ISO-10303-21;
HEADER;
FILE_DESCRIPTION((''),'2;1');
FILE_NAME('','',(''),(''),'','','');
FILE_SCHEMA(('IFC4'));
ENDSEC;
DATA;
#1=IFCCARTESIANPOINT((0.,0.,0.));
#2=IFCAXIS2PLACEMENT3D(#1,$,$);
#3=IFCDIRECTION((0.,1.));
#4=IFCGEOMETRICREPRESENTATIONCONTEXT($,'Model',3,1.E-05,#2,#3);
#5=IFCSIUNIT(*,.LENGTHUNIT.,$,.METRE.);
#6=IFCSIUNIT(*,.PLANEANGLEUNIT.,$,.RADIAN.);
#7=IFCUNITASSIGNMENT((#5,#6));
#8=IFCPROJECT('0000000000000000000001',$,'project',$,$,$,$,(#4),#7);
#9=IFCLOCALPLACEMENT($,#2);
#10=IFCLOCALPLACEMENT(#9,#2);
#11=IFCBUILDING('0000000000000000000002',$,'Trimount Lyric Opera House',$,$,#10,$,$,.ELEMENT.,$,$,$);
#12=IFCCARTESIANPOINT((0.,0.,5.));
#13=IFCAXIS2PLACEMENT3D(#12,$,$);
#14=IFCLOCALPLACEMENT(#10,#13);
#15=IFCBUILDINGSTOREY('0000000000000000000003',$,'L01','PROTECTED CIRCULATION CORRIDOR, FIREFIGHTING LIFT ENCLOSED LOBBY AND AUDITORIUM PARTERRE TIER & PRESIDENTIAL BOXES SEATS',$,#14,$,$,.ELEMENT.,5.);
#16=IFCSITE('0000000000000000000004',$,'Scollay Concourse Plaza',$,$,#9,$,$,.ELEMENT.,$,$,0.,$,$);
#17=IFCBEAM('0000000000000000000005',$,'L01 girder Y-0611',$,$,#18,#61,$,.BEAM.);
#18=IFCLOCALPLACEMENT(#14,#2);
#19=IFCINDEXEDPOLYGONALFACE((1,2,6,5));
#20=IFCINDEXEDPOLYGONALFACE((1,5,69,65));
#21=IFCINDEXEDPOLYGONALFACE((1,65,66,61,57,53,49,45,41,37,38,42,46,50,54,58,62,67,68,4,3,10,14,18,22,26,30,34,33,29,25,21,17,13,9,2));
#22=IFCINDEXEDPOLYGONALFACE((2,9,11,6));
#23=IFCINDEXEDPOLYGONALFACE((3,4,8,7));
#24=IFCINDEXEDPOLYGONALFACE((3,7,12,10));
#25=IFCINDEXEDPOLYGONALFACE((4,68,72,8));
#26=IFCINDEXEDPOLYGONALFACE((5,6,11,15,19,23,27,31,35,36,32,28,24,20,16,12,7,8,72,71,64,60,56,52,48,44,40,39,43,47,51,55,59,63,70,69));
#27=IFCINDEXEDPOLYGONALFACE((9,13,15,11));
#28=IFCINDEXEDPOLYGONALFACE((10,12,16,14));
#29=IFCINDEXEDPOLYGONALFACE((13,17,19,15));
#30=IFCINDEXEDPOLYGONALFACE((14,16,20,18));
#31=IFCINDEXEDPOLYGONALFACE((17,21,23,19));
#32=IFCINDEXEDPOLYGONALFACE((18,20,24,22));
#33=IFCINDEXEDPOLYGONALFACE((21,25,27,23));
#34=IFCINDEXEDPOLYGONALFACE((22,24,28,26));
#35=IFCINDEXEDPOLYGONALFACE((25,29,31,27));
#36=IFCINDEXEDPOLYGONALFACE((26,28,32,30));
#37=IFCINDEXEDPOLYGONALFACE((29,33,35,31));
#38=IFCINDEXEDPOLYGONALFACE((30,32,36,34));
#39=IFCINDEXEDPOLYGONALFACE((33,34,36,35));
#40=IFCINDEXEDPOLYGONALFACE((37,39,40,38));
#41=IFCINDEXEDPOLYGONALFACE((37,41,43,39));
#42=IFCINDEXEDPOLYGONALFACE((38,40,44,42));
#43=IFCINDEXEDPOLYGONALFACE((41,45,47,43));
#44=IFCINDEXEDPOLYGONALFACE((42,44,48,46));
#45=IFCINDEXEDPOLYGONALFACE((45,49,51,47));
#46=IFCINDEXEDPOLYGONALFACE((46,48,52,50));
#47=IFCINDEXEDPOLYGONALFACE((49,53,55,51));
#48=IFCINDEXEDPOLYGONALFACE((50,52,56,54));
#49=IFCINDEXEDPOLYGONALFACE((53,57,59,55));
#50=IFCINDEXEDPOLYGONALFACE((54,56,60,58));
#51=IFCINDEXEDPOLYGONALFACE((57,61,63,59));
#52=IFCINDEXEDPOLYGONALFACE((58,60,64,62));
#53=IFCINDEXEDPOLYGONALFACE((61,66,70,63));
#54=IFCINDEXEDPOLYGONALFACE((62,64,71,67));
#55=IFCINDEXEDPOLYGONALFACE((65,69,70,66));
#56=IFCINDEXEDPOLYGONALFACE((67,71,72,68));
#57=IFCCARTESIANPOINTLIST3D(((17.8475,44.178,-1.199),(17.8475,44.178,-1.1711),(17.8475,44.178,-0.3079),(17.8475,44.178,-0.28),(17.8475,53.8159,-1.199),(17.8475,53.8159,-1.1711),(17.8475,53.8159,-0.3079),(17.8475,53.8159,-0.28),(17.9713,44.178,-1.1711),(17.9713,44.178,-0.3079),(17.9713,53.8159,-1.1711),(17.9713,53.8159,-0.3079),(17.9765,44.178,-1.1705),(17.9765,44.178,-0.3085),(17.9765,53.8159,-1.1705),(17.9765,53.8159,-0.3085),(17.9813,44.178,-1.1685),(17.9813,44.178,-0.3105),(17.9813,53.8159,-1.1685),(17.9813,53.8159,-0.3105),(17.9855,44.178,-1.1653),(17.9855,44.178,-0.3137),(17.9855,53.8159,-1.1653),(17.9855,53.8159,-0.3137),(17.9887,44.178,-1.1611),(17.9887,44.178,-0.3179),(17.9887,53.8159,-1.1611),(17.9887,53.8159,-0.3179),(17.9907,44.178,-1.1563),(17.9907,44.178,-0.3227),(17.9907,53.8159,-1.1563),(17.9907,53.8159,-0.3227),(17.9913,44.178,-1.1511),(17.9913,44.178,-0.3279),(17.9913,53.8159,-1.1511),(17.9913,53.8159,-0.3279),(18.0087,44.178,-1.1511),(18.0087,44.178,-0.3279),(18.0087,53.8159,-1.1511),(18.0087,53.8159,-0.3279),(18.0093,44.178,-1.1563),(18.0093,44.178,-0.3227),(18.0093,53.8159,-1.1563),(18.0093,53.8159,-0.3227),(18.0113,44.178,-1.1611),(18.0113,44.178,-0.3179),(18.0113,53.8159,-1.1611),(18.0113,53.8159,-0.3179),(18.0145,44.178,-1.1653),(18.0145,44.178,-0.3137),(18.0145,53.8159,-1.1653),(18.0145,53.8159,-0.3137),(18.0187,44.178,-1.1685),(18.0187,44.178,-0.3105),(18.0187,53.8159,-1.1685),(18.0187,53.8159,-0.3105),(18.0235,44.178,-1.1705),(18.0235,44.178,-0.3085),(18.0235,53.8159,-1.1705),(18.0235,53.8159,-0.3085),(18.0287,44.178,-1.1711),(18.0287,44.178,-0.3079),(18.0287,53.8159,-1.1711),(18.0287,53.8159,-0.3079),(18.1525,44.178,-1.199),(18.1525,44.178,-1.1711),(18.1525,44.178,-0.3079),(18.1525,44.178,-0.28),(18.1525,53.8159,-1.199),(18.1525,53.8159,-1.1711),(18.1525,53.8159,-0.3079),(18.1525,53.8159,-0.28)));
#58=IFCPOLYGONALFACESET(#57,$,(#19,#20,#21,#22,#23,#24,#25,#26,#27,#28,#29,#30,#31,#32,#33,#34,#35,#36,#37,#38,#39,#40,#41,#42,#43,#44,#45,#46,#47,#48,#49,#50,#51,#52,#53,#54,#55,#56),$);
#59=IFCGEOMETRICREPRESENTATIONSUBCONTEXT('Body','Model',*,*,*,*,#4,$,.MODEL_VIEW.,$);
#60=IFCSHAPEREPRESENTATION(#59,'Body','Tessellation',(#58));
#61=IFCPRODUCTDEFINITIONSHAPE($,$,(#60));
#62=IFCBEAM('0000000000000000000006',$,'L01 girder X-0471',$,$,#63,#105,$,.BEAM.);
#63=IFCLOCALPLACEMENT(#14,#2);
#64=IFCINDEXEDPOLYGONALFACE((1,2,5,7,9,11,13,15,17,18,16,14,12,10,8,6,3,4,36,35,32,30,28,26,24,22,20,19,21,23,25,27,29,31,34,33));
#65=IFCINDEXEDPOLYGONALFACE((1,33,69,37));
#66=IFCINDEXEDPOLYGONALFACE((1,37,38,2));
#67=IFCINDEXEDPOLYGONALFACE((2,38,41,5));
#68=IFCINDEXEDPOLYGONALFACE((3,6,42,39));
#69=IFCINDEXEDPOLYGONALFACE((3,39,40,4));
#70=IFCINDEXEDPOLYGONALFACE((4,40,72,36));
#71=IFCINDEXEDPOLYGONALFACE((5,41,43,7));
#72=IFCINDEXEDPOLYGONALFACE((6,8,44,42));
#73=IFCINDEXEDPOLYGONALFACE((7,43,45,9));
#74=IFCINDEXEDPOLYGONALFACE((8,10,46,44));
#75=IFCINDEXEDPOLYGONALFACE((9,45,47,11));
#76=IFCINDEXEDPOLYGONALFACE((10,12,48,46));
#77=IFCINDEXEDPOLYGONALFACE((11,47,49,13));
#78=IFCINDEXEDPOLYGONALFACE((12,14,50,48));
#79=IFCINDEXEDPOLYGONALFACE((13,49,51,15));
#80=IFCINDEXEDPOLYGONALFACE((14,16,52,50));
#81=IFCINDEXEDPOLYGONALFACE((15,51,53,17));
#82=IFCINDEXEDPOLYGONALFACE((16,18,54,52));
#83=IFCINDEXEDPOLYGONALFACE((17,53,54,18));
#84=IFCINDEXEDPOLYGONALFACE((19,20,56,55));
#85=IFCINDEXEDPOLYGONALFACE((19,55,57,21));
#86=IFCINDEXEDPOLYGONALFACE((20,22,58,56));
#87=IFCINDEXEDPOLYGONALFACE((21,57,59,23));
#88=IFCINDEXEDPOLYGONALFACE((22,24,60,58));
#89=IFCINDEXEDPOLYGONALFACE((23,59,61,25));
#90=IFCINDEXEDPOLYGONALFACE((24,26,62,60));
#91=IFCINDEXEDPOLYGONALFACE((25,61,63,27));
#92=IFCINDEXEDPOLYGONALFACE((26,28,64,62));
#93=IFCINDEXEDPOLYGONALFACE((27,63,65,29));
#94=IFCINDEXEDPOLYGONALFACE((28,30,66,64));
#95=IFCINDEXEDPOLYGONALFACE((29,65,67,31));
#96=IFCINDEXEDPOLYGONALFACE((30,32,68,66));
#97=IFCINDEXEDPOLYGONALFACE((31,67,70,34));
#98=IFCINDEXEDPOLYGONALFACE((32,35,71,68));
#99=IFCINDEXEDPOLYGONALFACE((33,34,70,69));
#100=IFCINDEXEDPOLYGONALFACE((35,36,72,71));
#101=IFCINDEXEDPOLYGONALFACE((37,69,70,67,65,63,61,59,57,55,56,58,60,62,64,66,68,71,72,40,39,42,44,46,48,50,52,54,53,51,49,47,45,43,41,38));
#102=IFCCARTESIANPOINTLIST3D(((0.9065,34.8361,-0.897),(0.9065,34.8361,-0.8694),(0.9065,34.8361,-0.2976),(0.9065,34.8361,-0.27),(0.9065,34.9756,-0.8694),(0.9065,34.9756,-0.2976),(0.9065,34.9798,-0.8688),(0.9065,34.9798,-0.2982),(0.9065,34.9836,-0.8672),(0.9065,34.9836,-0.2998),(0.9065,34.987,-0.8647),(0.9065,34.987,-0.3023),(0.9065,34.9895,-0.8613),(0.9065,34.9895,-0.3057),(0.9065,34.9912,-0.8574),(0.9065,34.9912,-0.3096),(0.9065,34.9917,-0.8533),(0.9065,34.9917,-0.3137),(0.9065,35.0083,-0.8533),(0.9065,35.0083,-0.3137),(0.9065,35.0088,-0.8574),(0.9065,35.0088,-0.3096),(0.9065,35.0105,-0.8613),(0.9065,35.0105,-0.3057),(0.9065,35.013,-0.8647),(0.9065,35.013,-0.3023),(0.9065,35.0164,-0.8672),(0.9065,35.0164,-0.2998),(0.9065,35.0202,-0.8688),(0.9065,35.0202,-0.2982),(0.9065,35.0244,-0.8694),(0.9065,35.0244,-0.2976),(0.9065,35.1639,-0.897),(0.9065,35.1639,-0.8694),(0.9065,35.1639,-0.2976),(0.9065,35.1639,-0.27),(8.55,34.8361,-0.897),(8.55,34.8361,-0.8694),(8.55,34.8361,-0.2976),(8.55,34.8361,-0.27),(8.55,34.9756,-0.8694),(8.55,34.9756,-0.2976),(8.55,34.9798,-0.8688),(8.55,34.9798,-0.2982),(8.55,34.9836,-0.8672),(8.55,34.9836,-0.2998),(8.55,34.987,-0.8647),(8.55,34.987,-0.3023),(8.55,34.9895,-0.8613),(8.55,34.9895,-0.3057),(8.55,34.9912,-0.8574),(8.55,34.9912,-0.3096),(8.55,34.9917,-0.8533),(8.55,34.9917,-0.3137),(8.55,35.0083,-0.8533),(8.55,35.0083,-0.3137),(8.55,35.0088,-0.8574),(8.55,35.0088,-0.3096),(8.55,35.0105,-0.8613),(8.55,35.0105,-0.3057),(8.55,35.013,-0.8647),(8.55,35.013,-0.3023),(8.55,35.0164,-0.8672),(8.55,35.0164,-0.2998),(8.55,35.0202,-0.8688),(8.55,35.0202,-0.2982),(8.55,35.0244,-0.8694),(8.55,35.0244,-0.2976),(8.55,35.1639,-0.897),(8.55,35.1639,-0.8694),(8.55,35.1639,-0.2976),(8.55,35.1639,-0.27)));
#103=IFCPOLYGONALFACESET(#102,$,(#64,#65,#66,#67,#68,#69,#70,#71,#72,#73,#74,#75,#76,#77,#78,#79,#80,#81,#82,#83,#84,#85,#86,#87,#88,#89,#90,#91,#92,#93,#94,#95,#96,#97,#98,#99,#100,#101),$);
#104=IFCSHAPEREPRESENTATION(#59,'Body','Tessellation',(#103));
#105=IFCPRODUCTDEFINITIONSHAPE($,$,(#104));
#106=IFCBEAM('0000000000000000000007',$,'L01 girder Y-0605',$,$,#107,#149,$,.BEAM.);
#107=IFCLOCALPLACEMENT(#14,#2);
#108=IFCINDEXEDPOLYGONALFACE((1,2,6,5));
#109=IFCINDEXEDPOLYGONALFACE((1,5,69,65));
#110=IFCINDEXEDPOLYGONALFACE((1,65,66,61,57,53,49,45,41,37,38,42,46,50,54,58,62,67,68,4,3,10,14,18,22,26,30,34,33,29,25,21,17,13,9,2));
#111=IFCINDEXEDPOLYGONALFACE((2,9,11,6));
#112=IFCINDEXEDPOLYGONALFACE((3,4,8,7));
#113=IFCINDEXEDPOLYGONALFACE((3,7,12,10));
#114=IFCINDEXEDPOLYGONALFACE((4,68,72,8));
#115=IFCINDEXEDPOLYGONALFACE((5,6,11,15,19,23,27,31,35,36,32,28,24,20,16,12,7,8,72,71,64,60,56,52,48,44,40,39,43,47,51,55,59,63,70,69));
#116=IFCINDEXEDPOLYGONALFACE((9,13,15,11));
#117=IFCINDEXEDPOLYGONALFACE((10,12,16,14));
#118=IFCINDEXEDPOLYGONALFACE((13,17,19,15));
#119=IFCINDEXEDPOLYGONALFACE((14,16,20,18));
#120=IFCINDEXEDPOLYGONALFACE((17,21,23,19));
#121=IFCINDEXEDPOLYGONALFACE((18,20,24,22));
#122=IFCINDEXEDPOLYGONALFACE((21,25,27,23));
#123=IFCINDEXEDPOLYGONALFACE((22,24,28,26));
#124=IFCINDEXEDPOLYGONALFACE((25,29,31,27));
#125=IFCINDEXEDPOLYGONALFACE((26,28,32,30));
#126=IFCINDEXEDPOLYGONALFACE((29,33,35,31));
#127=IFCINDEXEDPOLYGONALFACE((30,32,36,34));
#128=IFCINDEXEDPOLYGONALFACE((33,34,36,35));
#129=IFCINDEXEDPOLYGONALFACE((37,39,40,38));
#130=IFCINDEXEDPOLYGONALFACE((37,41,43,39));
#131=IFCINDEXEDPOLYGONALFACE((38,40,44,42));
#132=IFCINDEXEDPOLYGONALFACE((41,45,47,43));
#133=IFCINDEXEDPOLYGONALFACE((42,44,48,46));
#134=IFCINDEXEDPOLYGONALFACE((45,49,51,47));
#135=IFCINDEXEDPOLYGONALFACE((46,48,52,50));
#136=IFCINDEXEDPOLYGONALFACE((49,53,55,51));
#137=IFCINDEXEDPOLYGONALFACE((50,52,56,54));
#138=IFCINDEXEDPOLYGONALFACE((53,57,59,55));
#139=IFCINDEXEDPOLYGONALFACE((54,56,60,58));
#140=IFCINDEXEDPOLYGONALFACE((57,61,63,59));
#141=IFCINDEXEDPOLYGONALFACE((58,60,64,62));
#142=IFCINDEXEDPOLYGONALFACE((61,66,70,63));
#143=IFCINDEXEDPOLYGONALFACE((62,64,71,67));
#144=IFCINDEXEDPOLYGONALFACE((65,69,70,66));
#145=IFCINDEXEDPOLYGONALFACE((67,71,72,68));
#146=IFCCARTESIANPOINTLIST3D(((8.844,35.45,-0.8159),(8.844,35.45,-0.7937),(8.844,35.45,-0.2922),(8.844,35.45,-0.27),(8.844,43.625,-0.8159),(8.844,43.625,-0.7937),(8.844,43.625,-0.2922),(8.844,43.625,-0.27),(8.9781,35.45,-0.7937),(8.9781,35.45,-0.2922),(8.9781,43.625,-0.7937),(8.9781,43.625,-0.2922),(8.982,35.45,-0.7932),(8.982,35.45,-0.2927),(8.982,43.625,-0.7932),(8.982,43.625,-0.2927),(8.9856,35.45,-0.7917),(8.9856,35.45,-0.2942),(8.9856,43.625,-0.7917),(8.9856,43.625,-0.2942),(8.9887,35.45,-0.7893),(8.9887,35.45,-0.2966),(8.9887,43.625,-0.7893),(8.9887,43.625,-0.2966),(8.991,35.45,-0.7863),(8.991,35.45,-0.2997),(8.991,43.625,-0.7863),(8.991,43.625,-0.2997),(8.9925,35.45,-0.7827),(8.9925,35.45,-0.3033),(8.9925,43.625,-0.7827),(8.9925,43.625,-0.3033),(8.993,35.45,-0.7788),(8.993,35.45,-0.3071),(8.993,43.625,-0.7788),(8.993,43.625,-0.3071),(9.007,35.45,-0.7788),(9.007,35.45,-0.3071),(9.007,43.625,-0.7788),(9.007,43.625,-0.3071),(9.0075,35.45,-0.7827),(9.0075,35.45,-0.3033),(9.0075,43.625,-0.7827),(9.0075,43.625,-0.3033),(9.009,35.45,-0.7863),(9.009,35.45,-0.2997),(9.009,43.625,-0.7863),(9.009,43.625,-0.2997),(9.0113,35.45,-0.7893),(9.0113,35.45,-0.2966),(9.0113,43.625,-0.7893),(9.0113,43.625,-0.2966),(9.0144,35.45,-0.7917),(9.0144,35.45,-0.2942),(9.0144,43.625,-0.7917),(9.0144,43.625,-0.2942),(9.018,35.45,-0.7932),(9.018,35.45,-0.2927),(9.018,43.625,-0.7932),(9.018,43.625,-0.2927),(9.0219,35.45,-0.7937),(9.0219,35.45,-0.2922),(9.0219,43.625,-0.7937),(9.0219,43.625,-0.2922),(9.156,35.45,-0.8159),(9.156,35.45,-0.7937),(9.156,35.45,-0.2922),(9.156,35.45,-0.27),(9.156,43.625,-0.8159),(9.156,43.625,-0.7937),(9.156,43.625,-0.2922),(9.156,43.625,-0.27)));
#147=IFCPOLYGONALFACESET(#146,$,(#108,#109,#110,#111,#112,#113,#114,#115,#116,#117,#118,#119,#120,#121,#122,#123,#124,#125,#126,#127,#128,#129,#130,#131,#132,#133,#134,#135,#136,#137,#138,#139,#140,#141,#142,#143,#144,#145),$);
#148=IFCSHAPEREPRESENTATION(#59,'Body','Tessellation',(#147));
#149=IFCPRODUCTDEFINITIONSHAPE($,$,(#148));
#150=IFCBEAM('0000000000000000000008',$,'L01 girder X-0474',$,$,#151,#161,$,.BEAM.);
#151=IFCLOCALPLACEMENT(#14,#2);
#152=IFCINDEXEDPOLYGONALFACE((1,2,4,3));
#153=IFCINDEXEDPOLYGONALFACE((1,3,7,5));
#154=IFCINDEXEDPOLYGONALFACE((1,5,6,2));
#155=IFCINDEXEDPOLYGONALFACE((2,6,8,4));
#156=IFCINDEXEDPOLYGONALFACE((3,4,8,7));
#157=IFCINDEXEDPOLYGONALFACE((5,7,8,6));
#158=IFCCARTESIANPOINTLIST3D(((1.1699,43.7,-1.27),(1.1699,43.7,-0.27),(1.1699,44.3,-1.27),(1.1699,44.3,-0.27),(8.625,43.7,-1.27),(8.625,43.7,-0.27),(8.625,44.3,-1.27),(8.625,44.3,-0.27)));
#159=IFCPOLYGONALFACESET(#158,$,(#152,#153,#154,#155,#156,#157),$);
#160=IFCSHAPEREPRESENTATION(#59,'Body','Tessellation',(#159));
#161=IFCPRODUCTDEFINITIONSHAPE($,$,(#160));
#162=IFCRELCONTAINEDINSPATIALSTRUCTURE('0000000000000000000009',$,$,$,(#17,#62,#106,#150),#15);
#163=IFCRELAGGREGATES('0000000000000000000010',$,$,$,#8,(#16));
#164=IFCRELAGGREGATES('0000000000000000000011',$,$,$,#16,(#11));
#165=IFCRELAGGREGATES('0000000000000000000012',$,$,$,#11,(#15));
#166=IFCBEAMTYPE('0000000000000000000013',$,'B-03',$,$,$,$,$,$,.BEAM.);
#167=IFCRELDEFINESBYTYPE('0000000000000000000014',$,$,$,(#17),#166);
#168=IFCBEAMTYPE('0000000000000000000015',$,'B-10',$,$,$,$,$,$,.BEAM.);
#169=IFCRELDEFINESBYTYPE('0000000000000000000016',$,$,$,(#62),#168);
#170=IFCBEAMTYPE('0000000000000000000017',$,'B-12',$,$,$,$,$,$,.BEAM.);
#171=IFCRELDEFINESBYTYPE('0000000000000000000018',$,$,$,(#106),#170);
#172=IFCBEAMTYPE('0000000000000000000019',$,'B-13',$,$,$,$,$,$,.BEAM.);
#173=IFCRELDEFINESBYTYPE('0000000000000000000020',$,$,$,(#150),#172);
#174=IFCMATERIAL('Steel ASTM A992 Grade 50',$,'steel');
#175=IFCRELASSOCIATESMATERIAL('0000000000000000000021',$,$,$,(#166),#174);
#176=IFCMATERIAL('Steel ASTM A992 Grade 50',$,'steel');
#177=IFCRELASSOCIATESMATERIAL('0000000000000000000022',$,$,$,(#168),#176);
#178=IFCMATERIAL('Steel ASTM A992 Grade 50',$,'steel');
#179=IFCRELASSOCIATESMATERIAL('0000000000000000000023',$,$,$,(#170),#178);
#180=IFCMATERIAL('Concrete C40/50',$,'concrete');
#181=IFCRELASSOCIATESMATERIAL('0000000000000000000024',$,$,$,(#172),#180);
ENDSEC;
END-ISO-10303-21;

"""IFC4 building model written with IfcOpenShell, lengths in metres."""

from ifc_helpers import new_model, si_unit, direction, frame, origin, origin_2d, place, context, subcontext, project, spatial, rectangle, i_section, extrude, material, material_profile, profile_set, type_object, element, save


model = new_model("IFC4")

# Units and contexts
model_context = context("Model", 3, precision=1e-05, world=origin(), true_north=direction((0.0, 1.0)))
body_context = subcontext(model_context, "Body", "Model", "MODEL_VIEW")
ifc_project = project(units=[si_unit("LENGTHUNIT", "METRE"), si_unit("PLANEANGLEUNIT", "RADIAN")], contexts=[model_context])

# Site, building, storey
site_placement = place(None, origin())
site = spatial("IfcSite", under=ifc_project, at=site_placement, Name="Scollay Concourse Plaza", CompositionType="ELEMENT", RefElevation=0.0)
building_placement = place(site_placement, origin())
building = spatial("IfcBuilding", under=site, at=building_placement, Name="Trimount Lyric Opera House", CompositionType="ELEMENT")
storey_placement = place(building_placement, frame((0.0, 0.0, 5.0)))
storey = spatial("IfcBuildingStorey", under=building, at=storey_placement, Name="L01", Description="PROTECTED CIRCULATION CORRIDOR, FIREFIGHTING LIFT ENCLOSED LOBBY AND AUDITORIUM PARTERRE TIER & PRESIDENTIAL BOXES SEATS", CompositionType="ELEMENT", Elevation=5.0)

# Beams
ifc_material_1 = material(Name="Steel ASTM A992 Grade 50", Category="steel")
ifc_material_profile_1 = material_profile(ifc_material_1, i_section(OverallWidth=0.3049, OverallDepth=0.9189, WebThickness=0.0173, FlangeThickness=0.0278, FilletRadius=0.02, at=origin_2d()), Name="W36X170")
ifc_profile_set_1 = profile_set([ifc_material_profile_1], Name="Steel ASTM A992 Grade 50")
beam_type_1 = type_object("IfcBeamType", Name="B-03", PredefinedType="BEAM", material=ifc_profile_set_1)
beam_1_placement = place(storey_placement, frame((18.0, 44.178, -0.7395), z_axis=(0.0, 1.0, 0.0), x_axis=(-1.0, 0.0, 0.0)))
element("IfcBeam", 1, at=beam_1_placement, inside=storey, type_object=beam_type_1, Name="L01 girder Y-0611", PredefinedType="BEAM", context=body_context, shape_type="SweptSolid", body=[
    extrude(i_section(OverallWidth=0.3049, OverallDepth=0.9189, WebThickness=0.0173, FlangeThickness=0.0278, FilletRadius=0.02, at=origin_2d()), origin(), (0.0, 0.0, 1.0), 9.6379),
])
ifc_material_2 = material(Name="Steel ASTM A992 Grade 50", Category="steel")
ifc_material_profile_2 = material_profile(ifc_material_2, i_section(OverallWidth=0.3279, OverallDepth=0.627, WebThickness=0.0166, FlangeThickness=0.0276, FilletRadius=0.0161, at=origin_2d()), Name="W24X146")
ifc_profile_set_2 = profile_set([ifc_material_profile_2], Name="Steel ASTM A992 Grade 50")
beam_type_2 = type_object("IfcBeamType", Name="B-10", PredefinedType="BEAM", material=ifc_profile_set_2)
beam_2_placement = place(storey_placement, frame((0.9065, 35.0, -0.5835), z_axis=(1.0, 0.0, 0.0), x_axis=(0.0, 1.0, 0.0)))
element("IfcBeam", 2, at=beam_2_placement, inside=storey, type_object=beam_type_2, Name="L01 girder X-0471", PredefinedType="BEAM", context=body_context, shape_type="SweptSolid", body=[
    extrude(i_section(OverallWidth=0.3279, OverallDepth=0.627, WebThickness=0.0166, FlangeThickness=0.0276, FilletRadius=0.0161, at=origin_2d()), origin(), (0.0, 0.0, 1.0), 7.6436),
])
ifc_material_3 = material(Name="Steel ASTM A992 Grade 50", Category="steel")
ifc_material_profile_3 = material_profile(ifc_material_3, i_section(OverallWidth=0.312, OverallDepth=0.5459, WebThickness=0.0139, FlangeThickness=0.0222, FilletRadius=0.0149, at=origin_2d()), Name="W21X111")
ifc_profile_set_3 = profile_set([ifc_material_profile_3], Name="Steel ASTM A992 Grade 50")
beam_type_3 = type_object("IfcBeamType", Name="B-12", PredefinedType="BEAM", material=ifc_profile_set_3)
beam_3_placement = place(storey_placement, frame((9.0, 35.45, -0.543), z_axis=(0.0, 1.0, 0.0), x_axis=(-1.0, 0.0, 0.0)))
element("IfcBeam", 3, at=beam_3_placement, inside=storey, type_object=beam_type_3, Name="L01 girder Y-0605", PredefinedType="BEAM", context=body_context, shape_type="SweptSolid", body=[
    extrude(i_section(OverallWidth=0.312, OverallDepth=0.5459, WebThickness=0.0139, FlangeThickness=0.0222, FilletRadius=0.0149, at=origin_2d()), origin(), (0.0, 0.0, 1.0), 8.175),
])
ifc_material_4 = material(Name="Concrete C40/50", Category="concrete")
ifc_material_profile_4 = material_profile(ifc_material_4, rectangle(XDim=0.6001, YDim=1.0, at=origin_2d()), Name="RC600X1000")
ifc_profile_set_4 = profile_set([ifc_material_profile_4], Name="Concrete C40/50")
beam_type_4 = type_object("IfcBeamType", Name="B-13", PredefinedType="BEAM", material=ifc_profile_set_4)
beam_4_placement = place(storey_placement, frame((1.1699, 44.0, -0.77), z_axis=(1.0, 0.0, 0.0), x_axis=(0.0, 1.0, 0.0)))
element("IfcBeam", 4, at=beam_4_placement, inside=storey, type_object=beam_type_4, Name="L01 girder X-0474", PredefinedType="BEAM", context=body_context, shape_type="SweptSolid", body=[
    extrude(rectangle(XDim=0.6001, YDim=1.0, at=origin_2d()), origin(), (0.0, 0.0, 1.0), 7.4551),
])

save(model, "model.ifc")
